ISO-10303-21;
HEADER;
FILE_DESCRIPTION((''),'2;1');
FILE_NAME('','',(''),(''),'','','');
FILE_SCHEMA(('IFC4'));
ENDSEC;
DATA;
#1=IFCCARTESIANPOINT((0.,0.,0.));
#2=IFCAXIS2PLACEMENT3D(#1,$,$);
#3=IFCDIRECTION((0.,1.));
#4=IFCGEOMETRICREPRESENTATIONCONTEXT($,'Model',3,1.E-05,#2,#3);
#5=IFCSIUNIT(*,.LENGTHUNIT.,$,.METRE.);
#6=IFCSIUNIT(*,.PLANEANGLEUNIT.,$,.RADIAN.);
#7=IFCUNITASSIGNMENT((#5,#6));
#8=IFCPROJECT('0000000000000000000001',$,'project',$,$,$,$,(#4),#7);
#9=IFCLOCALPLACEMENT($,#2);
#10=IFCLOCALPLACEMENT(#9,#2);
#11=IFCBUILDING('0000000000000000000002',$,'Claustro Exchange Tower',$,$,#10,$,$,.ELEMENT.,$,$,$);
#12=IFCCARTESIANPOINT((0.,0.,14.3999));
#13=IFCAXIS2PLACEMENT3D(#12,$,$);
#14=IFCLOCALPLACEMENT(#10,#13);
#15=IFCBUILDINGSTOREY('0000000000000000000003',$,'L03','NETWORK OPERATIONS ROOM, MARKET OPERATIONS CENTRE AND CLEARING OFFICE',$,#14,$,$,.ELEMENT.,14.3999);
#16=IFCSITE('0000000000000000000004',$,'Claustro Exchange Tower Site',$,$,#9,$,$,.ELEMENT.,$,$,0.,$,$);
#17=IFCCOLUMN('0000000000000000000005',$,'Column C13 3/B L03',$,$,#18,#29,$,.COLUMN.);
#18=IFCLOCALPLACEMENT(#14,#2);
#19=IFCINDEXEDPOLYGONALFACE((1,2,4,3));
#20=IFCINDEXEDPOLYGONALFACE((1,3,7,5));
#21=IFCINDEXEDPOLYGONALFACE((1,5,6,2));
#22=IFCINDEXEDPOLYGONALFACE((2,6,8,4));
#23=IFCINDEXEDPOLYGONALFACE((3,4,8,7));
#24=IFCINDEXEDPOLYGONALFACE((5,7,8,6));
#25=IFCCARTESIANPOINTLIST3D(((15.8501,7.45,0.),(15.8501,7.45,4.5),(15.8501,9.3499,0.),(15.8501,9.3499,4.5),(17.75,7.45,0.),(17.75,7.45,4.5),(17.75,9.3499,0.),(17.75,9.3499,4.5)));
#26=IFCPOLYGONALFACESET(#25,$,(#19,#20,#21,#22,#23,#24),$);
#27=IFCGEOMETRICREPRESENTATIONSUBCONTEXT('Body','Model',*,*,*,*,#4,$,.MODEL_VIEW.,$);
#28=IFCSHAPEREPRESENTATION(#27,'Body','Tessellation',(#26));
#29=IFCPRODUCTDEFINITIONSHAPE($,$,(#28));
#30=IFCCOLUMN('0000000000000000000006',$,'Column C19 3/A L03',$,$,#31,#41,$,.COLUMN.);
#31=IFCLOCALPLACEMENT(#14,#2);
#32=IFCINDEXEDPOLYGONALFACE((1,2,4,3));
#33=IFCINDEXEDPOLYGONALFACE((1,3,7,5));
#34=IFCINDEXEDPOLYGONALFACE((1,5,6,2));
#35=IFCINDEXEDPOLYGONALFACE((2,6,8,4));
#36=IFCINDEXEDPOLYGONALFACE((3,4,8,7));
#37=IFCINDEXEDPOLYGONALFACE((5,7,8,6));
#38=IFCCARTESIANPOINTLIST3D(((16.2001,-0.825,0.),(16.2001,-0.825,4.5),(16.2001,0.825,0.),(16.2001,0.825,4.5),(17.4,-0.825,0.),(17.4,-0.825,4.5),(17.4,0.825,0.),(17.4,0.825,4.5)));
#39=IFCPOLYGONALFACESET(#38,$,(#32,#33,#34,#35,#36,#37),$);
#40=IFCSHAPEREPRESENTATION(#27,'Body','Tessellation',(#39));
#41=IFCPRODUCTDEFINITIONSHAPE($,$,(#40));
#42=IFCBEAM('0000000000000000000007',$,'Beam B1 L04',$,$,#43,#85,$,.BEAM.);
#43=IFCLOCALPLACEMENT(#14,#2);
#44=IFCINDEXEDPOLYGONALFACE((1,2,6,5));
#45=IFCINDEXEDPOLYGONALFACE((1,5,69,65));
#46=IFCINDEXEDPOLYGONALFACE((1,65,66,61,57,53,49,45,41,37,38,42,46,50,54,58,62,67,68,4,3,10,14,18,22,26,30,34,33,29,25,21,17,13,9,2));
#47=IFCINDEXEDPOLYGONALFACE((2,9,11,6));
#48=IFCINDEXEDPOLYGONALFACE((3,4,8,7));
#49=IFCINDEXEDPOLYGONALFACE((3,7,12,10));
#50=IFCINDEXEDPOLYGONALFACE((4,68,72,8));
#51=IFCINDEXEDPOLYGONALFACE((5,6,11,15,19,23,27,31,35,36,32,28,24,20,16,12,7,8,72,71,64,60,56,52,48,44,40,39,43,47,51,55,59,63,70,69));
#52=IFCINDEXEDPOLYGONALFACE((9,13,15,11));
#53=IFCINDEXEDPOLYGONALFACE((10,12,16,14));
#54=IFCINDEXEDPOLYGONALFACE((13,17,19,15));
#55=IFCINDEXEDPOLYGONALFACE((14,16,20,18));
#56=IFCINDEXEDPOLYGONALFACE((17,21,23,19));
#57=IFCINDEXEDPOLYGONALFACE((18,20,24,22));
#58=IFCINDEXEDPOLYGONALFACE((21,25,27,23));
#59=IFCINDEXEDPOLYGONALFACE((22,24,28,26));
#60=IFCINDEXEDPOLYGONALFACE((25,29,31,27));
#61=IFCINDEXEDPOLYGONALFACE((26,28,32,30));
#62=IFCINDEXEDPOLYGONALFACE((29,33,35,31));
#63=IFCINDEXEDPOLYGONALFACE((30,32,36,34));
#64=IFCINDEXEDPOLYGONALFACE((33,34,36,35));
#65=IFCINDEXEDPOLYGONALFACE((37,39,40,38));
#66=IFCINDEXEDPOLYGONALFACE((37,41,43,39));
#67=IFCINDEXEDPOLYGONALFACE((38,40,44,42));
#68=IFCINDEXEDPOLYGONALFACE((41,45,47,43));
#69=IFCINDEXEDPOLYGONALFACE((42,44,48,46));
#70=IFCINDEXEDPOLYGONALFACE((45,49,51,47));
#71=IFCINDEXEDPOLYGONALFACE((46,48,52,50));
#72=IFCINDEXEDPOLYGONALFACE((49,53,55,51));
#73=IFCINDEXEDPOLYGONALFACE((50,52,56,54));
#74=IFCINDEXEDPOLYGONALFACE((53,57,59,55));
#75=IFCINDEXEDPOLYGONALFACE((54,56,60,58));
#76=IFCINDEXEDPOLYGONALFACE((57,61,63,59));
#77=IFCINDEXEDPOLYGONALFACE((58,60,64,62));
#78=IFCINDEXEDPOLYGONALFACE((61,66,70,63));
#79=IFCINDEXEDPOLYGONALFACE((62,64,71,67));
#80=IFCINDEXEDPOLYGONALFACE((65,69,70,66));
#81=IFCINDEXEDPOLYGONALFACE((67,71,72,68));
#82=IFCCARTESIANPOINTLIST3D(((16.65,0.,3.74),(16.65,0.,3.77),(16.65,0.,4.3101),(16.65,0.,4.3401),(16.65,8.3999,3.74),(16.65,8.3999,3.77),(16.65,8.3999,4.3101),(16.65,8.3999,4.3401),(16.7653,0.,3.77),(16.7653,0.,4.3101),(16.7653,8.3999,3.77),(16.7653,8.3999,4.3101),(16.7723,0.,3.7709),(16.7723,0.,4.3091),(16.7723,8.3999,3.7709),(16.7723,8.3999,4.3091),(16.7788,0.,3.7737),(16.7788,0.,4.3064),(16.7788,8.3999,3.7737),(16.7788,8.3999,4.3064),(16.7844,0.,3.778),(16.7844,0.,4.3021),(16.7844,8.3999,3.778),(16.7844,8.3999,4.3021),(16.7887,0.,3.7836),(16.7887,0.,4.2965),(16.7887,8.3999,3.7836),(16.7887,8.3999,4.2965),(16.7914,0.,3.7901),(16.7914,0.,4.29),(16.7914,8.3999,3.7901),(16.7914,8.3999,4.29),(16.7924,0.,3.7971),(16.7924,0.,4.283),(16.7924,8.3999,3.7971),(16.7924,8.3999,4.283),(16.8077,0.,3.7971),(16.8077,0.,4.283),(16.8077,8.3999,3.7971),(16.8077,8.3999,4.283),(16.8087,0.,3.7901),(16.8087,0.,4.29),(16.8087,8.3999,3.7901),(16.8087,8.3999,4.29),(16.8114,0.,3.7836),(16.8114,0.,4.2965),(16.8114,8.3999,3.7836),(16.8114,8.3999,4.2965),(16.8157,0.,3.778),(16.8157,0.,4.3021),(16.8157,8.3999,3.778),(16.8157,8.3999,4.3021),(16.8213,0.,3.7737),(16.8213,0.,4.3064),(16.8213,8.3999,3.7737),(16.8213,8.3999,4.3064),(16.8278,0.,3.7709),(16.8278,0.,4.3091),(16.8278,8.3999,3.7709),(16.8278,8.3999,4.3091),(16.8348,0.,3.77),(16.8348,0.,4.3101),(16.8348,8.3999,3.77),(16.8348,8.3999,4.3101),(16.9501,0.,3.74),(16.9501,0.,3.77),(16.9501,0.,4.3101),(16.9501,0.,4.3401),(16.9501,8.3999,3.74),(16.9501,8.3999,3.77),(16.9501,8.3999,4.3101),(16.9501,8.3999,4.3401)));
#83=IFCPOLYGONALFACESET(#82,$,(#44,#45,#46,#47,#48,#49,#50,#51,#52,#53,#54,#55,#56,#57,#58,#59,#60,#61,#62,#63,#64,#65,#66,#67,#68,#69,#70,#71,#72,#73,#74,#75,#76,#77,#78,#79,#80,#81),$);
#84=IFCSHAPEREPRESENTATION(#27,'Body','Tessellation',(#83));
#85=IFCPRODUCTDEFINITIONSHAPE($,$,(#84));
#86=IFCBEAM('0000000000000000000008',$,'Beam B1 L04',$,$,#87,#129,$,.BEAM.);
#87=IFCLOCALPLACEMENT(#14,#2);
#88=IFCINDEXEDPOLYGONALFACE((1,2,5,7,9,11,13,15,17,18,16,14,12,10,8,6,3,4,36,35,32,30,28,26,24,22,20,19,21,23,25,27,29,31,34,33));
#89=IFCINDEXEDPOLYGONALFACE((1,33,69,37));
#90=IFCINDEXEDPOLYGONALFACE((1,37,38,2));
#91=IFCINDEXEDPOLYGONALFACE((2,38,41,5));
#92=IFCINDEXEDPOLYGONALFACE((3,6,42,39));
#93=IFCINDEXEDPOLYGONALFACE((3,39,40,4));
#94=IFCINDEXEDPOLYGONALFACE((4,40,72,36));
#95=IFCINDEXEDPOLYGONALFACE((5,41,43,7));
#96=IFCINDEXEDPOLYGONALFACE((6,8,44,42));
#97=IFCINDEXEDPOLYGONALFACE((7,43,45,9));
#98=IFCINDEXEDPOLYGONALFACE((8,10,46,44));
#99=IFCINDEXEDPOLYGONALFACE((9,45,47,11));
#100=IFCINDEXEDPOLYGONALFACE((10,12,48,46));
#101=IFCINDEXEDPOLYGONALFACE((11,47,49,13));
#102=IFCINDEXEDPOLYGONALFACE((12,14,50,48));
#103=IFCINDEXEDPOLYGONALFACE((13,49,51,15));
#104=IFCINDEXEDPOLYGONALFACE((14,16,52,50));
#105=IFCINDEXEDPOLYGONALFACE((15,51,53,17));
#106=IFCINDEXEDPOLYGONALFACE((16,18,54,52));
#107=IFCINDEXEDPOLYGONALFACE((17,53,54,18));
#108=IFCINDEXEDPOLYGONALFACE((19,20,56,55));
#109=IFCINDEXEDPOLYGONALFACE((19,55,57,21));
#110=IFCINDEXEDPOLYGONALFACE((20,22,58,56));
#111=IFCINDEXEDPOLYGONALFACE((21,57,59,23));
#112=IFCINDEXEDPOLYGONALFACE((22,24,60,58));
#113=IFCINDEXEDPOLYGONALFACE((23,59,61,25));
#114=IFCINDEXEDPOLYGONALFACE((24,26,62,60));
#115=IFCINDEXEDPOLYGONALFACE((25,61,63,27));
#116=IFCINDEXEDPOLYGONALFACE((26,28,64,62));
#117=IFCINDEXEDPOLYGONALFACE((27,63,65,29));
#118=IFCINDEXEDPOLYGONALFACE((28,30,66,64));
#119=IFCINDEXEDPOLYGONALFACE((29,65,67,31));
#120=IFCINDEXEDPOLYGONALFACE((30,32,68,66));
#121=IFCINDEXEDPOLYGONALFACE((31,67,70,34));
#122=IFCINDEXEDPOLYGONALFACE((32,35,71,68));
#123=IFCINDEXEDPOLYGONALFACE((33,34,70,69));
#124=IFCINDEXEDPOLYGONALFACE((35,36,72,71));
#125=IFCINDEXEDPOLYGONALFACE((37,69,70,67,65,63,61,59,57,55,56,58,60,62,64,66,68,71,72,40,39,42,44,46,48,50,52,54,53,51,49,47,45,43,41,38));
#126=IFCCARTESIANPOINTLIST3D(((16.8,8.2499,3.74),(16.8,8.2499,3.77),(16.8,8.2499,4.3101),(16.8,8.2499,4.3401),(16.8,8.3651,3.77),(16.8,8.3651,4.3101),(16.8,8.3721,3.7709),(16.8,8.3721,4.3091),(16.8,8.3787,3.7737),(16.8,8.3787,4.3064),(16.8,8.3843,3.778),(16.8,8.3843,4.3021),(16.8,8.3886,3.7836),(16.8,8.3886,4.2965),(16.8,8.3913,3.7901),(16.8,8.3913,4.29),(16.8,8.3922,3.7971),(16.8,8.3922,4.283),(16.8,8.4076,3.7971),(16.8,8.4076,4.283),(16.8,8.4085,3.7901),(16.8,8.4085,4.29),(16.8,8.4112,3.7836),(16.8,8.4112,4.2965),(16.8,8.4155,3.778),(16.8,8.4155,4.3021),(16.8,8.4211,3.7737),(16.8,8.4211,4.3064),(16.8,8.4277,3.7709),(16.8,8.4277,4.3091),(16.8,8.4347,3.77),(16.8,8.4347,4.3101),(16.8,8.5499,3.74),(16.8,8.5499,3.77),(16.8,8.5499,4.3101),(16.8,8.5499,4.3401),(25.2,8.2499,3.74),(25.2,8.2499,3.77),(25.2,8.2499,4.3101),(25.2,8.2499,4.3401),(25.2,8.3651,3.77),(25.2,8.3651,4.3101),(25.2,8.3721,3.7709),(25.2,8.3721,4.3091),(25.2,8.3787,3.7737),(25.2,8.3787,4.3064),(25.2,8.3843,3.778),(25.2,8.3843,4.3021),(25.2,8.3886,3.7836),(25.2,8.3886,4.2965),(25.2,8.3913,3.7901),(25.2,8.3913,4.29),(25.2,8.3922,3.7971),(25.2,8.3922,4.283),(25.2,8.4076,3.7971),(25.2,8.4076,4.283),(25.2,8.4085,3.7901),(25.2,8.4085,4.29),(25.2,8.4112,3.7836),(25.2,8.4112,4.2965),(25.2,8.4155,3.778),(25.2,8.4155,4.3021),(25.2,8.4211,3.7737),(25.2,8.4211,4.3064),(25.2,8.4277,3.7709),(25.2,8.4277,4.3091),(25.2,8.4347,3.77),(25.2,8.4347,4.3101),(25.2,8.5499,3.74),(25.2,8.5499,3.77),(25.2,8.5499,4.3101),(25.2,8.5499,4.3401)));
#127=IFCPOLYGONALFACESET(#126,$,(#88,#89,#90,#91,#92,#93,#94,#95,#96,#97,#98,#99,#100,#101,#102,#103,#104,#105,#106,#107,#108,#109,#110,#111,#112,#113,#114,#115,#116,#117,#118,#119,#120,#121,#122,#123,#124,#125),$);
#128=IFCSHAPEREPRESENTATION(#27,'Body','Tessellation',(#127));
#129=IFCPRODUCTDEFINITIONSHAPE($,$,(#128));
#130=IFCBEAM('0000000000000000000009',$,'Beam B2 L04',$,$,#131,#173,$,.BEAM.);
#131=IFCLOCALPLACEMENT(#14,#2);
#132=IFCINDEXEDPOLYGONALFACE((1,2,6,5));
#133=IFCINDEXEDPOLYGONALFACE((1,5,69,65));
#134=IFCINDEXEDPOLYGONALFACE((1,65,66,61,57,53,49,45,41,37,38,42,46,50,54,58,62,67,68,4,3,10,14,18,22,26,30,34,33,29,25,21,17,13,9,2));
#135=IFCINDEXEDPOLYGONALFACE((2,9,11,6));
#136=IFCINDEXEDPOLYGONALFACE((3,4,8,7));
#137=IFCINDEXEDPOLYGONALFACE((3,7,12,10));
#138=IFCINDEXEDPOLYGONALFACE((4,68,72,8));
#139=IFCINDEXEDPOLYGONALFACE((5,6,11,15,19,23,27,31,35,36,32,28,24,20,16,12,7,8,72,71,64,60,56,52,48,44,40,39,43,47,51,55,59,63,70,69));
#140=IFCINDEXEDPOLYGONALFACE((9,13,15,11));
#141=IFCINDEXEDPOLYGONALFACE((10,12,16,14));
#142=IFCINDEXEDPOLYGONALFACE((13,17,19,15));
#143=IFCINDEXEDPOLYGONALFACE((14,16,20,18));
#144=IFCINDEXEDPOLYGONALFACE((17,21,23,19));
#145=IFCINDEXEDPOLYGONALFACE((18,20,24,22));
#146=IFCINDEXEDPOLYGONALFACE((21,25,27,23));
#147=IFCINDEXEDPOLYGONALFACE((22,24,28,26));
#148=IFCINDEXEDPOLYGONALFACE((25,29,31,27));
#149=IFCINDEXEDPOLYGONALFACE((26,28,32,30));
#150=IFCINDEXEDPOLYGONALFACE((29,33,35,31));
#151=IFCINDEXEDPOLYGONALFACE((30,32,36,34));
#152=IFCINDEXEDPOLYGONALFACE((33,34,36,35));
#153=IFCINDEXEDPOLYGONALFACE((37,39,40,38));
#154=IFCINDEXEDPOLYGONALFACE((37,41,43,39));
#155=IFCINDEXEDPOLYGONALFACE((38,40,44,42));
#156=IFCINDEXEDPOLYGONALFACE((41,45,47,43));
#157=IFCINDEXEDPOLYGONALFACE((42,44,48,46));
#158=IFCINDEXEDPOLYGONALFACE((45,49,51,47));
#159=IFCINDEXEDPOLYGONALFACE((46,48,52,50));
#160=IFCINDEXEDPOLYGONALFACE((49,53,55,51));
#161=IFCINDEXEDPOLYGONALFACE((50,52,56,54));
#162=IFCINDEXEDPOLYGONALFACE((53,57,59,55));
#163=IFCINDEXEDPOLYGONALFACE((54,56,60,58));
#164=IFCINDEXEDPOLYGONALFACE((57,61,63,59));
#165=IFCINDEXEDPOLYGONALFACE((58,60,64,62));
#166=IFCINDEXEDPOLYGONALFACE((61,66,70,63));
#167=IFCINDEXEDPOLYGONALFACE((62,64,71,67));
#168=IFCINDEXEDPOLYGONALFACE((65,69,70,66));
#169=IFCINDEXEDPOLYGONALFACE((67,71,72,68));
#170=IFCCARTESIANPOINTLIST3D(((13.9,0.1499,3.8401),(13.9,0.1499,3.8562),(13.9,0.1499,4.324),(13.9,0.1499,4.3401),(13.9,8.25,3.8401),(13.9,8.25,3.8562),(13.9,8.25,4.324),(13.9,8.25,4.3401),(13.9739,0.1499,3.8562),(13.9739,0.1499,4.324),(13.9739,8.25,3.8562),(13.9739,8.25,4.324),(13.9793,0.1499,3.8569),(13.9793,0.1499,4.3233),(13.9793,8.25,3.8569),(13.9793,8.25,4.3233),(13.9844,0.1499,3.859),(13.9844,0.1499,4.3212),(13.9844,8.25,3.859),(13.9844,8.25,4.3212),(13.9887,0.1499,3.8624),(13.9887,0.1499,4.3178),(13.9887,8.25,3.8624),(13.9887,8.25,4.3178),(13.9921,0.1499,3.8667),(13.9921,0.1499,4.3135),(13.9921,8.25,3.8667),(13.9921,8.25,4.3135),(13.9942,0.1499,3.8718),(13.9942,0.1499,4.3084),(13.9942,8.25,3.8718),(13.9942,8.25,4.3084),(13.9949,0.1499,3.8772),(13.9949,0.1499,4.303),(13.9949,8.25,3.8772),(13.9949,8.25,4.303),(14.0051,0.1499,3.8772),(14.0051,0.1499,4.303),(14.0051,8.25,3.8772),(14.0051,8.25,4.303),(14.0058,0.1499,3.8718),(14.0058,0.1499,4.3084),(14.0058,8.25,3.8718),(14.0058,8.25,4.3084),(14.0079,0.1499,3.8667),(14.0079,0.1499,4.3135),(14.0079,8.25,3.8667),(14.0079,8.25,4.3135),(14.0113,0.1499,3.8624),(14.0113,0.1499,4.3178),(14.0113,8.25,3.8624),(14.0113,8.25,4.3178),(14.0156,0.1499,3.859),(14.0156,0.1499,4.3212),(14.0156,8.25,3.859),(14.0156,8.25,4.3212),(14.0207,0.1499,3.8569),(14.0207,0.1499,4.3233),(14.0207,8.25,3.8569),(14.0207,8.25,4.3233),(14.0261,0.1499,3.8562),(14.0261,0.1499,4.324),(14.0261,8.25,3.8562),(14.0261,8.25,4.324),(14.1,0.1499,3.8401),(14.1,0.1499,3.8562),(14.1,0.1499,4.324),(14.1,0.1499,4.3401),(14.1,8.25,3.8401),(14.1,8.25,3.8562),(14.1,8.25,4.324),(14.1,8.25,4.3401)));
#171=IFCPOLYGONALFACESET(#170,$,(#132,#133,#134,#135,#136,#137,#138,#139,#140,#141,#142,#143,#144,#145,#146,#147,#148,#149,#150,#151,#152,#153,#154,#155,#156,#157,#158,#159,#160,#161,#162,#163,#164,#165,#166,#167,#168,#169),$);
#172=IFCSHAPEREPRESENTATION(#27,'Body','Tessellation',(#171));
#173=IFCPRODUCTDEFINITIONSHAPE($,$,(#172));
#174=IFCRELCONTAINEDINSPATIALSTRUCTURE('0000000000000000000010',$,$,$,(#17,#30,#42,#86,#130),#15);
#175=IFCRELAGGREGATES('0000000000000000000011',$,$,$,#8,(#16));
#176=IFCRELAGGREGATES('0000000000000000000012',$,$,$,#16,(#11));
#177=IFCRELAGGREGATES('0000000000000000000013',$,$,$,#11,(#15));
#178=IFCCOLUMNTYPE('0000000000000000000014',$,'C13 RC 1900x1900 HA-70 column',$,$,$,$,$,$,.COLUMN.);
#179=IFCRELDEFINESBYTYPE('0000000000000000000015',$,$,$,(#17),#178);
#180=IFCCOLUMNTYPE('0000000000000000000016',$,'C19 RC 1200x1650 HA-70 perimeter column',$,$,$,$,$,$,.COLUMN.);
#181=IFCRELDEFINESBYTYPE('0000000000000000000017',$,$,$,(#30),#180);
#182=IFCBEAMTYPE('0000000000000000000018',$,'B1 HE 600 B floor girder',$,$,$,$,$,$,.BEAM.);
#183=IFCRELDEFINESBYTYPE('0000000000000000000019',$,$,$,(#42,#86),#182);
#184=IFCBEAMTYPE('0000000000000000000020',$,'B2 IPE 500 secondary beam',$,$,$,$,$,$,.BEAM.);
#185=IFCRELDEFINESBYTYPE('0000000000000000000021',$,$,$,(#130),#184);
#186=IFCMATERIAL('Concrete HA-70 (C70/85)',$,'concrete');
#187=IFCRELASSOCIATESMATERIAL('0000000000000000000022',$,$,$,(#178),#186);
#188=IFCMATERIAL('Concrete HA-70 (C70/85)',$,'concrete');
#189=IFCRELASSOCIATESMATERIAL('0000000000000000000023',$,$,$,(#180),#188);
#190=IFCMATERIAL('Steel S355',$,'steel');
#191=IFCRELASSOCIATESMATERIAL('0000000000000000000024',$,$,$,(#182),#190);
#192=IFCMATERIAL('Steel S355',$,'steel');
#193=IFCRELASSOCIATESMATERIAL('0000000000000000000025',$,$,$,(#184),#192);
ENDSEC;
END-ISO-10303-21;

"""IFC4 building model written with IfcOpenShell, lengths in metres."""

from ifc_helpers import new_model, si_unit, direction, frame, origin, origin_2d, place, context, subcontext, project, spatial, rectangle, i_section, extrude, material, material_profile, profile_set, type_object, element, save


model = new_model("IFC4")

# Units and contexts
model_context = context("Model", 3, precision=1e-05, world=origin(), true_north=direction((0.0, 1.0)))
body_context = subcontext(model_context, "Body", "Model", "MODEL_VIEW")
ifc_project = project(units=[si_unit("LENGTHUNIT", "METRE"), si_unit("PLANEANGLEUNIT", "RADIAN")], contexts=[model_context])

# Site, building, storey
site_placement = place(None, origin())
site = spatial("IfcSite", under=ifc_project, at=site_placement, Name="Claustro Exchange Tower Site", CompositionType="ELEMENT", RefElevation=0.0)
building_placement = place(site_placement, origin())
building = spatial("IfcBuilding", under=site, at=building_placement, Name="Claustro Exchange Tower", CompositionType="ELEMENT")
storey_placement = place(building_placement, frame((0.0, 0.0, 14.3999)))
storey = spatial("IfcBuildingStorey", under=building, at=storey_placement, Name="L03", Description="NETWORK OPERATIONS ROOM, MARKET OPERATIONS CENTRE AND CLEARING OFFICE", CompositionType="ELEMENT", Elevation=14.3999)

# Columns
ifc_material_1 = material(Name="Concrete HA-70 (C70/85)", Category="concrete")
ifc_material_profile_1 = material_profile(ifc_material_1, rectangle(XDim=1.8999, YDim=1.8999, at=origin_2d()), Name="RC 1900x1900")
ifc_profile_set_1 = profile_set([ifc_material_profile_1], Name="Concrete HA-70 (C70/85)")
column_type_1 = type_object("IfcColumnType", Name="C13 RC 1900x1900 HA-70 column", PredefinedType="COLUMN", material=ifc_profile_set_1)
column_1_placement = place(storey_placement, frame((16.8, 8.3999, 0.0), z_axis=(0.0, 0.0, 1.0), x_axis=(1.0, 0.0, 0.0)))
element("IfcColumn", 1, at=column_1_placement, inside=storey, type_object=column_type_1, Name="Column C13 3/B L03", PredefinedType="COLUMN", context=body_context, shape_type="SweptSolid", body=[
    extrude(rectangle(XDim=1.8999, YDim=1.8999, at=origin_2d()), origin(), (0.0, 0.0, 1.0), 4.5),
])
ifc_material_2 = material(Name="Concrete HA-70 (C70/85)", Category="concrete")
ifc_material_profile_2 = material_profile(ifc_material_2, rectangle(XDim=1.2, YDim=1.6499, at=origin_2d()), Name="RC 1200x1650")
ifc_profile_set_2 = profile_set([ifc_material_profile_2], Name="Concrete HA-70 (C70/85)")
column_type_2 = type_object("IfcColumnType", Name="C19 RC 1200x1650 HA-70 perimeter column", PredefinedType="COLUMN", material=ifc_profile_set_2)
column_2_placement = place(storey_placement, frame((16.8, 0.0, 0.0), z_axis=(0.0, 0.0, 1.0), x_axis=(1.0, 0.0, 0.0)))
element("IfcColumn", 2, at=column_2_placement, inside=storey, type_object=column_type_2, Name="Column C19 3/A L03", PredefinedType="COLUMN", context=body_context, shape_type="SweptSolid", body=[
    extrude(rectangle(XDim=1.2, YDim=1.6499, at=origin_2d()), origin(), (0.0, 0.0, 1.0), 4.5),
])

# Beams
ifc_material_3 = material(Name="Steel S355", Category="steel")
ifc_material_profile_3 = material_profile(ifc_material_3, i_section(OverallWidth=0.3, OverallDepth=0.6001, WebThickness=0.0154, FlangeThickness=0.03, FilletRadius=0.0271, at=origin_2d()), Name="HE 600 B")
ifc_profile_set_3 = profile_set([ifc_material_profile_3], Name="Steel S355")
beam_type_1 = type_object("IfcBeamType", Name="B1 HE 600 B floor girder", PredefinedType="BEAM", material=ifc_profile_set_3)
for number, where, z_axis, x_axis, name in (
    (3, (16.8, 0.0, 4.04), (0.0, 1.0, 0.0), (-1.0, 0.0, 0.0), "Beam B1 L04"),
    (4, (16.8, 8.3999, 4.04), (1.0, 0.0, 0.0), (0.0, 1.0, 0.0), "Beam B1 L04"),
):
    element("IfcBeam", number, at=place(storey_placement, frame(where, z_axis=z_axis, x_axis=x_axis)), inside=storey, type_object=beam_type_1, Name=name, PredefinedType="BEAM", context=body_context, shape_type="SweptSolid", body=[
        extrude(i_section(OverallWidth=0.3, OverallDepth=0.6001, WebThickness=0.0154, FlangeThickness=0.03, FilletRadius=0.0271, at=origin_2d()), origin(), (0.0, 0.0, 1.0), 8.3999),
    ])
ifc_material_4 = material(Name="Steel S355", Category="steel")
ifc_material_profile_4 = material_profile(ifc_material_4, i_section(OverallWidth=0.2, OverallDepth=0.5, WebThickness=0.0103, FlangeThickness=0.0161, FilletRadius=0.021, at=origin_2d()), Name="IPE 500")
ifc_profile_set_4 = profile_set([ifc_material_profile_4], Name="Steel S355")
beam_type_2 = type_object("IfcBeamType", Name="B2 IPE 500 secondary beam", PredefinedType="BEAM", material=ifc_profile_set_4)
for number, where, z_axis, x_axis, name in (
    (5, (14.0, 0.1499, 4.0901), (0.0, 1.0, 0.0), (-1.0, 0.0, 0.0), "Beam B2 L04"),
):
    element("IfcBeam", number, at=place(storey_placement, frame(where, z_axis=z_axis, x_axis=x_axis)), inside=storey, type_object=beam_type_2, Name=name, PredefinedType="BEAM", context=body_context, shape_type="SweptSolid", body=[
        extrude(i_section(OverallWidth=0.2, OverallDepth=0.5, WebThickness=0.0103, FlangeThickness=0.0161, FilletRadius=0.021, at=origin_2d()), origin(), (0.0, 0.0, 1.0), 8.1001),
    ])

save(model, "model.ifc")
